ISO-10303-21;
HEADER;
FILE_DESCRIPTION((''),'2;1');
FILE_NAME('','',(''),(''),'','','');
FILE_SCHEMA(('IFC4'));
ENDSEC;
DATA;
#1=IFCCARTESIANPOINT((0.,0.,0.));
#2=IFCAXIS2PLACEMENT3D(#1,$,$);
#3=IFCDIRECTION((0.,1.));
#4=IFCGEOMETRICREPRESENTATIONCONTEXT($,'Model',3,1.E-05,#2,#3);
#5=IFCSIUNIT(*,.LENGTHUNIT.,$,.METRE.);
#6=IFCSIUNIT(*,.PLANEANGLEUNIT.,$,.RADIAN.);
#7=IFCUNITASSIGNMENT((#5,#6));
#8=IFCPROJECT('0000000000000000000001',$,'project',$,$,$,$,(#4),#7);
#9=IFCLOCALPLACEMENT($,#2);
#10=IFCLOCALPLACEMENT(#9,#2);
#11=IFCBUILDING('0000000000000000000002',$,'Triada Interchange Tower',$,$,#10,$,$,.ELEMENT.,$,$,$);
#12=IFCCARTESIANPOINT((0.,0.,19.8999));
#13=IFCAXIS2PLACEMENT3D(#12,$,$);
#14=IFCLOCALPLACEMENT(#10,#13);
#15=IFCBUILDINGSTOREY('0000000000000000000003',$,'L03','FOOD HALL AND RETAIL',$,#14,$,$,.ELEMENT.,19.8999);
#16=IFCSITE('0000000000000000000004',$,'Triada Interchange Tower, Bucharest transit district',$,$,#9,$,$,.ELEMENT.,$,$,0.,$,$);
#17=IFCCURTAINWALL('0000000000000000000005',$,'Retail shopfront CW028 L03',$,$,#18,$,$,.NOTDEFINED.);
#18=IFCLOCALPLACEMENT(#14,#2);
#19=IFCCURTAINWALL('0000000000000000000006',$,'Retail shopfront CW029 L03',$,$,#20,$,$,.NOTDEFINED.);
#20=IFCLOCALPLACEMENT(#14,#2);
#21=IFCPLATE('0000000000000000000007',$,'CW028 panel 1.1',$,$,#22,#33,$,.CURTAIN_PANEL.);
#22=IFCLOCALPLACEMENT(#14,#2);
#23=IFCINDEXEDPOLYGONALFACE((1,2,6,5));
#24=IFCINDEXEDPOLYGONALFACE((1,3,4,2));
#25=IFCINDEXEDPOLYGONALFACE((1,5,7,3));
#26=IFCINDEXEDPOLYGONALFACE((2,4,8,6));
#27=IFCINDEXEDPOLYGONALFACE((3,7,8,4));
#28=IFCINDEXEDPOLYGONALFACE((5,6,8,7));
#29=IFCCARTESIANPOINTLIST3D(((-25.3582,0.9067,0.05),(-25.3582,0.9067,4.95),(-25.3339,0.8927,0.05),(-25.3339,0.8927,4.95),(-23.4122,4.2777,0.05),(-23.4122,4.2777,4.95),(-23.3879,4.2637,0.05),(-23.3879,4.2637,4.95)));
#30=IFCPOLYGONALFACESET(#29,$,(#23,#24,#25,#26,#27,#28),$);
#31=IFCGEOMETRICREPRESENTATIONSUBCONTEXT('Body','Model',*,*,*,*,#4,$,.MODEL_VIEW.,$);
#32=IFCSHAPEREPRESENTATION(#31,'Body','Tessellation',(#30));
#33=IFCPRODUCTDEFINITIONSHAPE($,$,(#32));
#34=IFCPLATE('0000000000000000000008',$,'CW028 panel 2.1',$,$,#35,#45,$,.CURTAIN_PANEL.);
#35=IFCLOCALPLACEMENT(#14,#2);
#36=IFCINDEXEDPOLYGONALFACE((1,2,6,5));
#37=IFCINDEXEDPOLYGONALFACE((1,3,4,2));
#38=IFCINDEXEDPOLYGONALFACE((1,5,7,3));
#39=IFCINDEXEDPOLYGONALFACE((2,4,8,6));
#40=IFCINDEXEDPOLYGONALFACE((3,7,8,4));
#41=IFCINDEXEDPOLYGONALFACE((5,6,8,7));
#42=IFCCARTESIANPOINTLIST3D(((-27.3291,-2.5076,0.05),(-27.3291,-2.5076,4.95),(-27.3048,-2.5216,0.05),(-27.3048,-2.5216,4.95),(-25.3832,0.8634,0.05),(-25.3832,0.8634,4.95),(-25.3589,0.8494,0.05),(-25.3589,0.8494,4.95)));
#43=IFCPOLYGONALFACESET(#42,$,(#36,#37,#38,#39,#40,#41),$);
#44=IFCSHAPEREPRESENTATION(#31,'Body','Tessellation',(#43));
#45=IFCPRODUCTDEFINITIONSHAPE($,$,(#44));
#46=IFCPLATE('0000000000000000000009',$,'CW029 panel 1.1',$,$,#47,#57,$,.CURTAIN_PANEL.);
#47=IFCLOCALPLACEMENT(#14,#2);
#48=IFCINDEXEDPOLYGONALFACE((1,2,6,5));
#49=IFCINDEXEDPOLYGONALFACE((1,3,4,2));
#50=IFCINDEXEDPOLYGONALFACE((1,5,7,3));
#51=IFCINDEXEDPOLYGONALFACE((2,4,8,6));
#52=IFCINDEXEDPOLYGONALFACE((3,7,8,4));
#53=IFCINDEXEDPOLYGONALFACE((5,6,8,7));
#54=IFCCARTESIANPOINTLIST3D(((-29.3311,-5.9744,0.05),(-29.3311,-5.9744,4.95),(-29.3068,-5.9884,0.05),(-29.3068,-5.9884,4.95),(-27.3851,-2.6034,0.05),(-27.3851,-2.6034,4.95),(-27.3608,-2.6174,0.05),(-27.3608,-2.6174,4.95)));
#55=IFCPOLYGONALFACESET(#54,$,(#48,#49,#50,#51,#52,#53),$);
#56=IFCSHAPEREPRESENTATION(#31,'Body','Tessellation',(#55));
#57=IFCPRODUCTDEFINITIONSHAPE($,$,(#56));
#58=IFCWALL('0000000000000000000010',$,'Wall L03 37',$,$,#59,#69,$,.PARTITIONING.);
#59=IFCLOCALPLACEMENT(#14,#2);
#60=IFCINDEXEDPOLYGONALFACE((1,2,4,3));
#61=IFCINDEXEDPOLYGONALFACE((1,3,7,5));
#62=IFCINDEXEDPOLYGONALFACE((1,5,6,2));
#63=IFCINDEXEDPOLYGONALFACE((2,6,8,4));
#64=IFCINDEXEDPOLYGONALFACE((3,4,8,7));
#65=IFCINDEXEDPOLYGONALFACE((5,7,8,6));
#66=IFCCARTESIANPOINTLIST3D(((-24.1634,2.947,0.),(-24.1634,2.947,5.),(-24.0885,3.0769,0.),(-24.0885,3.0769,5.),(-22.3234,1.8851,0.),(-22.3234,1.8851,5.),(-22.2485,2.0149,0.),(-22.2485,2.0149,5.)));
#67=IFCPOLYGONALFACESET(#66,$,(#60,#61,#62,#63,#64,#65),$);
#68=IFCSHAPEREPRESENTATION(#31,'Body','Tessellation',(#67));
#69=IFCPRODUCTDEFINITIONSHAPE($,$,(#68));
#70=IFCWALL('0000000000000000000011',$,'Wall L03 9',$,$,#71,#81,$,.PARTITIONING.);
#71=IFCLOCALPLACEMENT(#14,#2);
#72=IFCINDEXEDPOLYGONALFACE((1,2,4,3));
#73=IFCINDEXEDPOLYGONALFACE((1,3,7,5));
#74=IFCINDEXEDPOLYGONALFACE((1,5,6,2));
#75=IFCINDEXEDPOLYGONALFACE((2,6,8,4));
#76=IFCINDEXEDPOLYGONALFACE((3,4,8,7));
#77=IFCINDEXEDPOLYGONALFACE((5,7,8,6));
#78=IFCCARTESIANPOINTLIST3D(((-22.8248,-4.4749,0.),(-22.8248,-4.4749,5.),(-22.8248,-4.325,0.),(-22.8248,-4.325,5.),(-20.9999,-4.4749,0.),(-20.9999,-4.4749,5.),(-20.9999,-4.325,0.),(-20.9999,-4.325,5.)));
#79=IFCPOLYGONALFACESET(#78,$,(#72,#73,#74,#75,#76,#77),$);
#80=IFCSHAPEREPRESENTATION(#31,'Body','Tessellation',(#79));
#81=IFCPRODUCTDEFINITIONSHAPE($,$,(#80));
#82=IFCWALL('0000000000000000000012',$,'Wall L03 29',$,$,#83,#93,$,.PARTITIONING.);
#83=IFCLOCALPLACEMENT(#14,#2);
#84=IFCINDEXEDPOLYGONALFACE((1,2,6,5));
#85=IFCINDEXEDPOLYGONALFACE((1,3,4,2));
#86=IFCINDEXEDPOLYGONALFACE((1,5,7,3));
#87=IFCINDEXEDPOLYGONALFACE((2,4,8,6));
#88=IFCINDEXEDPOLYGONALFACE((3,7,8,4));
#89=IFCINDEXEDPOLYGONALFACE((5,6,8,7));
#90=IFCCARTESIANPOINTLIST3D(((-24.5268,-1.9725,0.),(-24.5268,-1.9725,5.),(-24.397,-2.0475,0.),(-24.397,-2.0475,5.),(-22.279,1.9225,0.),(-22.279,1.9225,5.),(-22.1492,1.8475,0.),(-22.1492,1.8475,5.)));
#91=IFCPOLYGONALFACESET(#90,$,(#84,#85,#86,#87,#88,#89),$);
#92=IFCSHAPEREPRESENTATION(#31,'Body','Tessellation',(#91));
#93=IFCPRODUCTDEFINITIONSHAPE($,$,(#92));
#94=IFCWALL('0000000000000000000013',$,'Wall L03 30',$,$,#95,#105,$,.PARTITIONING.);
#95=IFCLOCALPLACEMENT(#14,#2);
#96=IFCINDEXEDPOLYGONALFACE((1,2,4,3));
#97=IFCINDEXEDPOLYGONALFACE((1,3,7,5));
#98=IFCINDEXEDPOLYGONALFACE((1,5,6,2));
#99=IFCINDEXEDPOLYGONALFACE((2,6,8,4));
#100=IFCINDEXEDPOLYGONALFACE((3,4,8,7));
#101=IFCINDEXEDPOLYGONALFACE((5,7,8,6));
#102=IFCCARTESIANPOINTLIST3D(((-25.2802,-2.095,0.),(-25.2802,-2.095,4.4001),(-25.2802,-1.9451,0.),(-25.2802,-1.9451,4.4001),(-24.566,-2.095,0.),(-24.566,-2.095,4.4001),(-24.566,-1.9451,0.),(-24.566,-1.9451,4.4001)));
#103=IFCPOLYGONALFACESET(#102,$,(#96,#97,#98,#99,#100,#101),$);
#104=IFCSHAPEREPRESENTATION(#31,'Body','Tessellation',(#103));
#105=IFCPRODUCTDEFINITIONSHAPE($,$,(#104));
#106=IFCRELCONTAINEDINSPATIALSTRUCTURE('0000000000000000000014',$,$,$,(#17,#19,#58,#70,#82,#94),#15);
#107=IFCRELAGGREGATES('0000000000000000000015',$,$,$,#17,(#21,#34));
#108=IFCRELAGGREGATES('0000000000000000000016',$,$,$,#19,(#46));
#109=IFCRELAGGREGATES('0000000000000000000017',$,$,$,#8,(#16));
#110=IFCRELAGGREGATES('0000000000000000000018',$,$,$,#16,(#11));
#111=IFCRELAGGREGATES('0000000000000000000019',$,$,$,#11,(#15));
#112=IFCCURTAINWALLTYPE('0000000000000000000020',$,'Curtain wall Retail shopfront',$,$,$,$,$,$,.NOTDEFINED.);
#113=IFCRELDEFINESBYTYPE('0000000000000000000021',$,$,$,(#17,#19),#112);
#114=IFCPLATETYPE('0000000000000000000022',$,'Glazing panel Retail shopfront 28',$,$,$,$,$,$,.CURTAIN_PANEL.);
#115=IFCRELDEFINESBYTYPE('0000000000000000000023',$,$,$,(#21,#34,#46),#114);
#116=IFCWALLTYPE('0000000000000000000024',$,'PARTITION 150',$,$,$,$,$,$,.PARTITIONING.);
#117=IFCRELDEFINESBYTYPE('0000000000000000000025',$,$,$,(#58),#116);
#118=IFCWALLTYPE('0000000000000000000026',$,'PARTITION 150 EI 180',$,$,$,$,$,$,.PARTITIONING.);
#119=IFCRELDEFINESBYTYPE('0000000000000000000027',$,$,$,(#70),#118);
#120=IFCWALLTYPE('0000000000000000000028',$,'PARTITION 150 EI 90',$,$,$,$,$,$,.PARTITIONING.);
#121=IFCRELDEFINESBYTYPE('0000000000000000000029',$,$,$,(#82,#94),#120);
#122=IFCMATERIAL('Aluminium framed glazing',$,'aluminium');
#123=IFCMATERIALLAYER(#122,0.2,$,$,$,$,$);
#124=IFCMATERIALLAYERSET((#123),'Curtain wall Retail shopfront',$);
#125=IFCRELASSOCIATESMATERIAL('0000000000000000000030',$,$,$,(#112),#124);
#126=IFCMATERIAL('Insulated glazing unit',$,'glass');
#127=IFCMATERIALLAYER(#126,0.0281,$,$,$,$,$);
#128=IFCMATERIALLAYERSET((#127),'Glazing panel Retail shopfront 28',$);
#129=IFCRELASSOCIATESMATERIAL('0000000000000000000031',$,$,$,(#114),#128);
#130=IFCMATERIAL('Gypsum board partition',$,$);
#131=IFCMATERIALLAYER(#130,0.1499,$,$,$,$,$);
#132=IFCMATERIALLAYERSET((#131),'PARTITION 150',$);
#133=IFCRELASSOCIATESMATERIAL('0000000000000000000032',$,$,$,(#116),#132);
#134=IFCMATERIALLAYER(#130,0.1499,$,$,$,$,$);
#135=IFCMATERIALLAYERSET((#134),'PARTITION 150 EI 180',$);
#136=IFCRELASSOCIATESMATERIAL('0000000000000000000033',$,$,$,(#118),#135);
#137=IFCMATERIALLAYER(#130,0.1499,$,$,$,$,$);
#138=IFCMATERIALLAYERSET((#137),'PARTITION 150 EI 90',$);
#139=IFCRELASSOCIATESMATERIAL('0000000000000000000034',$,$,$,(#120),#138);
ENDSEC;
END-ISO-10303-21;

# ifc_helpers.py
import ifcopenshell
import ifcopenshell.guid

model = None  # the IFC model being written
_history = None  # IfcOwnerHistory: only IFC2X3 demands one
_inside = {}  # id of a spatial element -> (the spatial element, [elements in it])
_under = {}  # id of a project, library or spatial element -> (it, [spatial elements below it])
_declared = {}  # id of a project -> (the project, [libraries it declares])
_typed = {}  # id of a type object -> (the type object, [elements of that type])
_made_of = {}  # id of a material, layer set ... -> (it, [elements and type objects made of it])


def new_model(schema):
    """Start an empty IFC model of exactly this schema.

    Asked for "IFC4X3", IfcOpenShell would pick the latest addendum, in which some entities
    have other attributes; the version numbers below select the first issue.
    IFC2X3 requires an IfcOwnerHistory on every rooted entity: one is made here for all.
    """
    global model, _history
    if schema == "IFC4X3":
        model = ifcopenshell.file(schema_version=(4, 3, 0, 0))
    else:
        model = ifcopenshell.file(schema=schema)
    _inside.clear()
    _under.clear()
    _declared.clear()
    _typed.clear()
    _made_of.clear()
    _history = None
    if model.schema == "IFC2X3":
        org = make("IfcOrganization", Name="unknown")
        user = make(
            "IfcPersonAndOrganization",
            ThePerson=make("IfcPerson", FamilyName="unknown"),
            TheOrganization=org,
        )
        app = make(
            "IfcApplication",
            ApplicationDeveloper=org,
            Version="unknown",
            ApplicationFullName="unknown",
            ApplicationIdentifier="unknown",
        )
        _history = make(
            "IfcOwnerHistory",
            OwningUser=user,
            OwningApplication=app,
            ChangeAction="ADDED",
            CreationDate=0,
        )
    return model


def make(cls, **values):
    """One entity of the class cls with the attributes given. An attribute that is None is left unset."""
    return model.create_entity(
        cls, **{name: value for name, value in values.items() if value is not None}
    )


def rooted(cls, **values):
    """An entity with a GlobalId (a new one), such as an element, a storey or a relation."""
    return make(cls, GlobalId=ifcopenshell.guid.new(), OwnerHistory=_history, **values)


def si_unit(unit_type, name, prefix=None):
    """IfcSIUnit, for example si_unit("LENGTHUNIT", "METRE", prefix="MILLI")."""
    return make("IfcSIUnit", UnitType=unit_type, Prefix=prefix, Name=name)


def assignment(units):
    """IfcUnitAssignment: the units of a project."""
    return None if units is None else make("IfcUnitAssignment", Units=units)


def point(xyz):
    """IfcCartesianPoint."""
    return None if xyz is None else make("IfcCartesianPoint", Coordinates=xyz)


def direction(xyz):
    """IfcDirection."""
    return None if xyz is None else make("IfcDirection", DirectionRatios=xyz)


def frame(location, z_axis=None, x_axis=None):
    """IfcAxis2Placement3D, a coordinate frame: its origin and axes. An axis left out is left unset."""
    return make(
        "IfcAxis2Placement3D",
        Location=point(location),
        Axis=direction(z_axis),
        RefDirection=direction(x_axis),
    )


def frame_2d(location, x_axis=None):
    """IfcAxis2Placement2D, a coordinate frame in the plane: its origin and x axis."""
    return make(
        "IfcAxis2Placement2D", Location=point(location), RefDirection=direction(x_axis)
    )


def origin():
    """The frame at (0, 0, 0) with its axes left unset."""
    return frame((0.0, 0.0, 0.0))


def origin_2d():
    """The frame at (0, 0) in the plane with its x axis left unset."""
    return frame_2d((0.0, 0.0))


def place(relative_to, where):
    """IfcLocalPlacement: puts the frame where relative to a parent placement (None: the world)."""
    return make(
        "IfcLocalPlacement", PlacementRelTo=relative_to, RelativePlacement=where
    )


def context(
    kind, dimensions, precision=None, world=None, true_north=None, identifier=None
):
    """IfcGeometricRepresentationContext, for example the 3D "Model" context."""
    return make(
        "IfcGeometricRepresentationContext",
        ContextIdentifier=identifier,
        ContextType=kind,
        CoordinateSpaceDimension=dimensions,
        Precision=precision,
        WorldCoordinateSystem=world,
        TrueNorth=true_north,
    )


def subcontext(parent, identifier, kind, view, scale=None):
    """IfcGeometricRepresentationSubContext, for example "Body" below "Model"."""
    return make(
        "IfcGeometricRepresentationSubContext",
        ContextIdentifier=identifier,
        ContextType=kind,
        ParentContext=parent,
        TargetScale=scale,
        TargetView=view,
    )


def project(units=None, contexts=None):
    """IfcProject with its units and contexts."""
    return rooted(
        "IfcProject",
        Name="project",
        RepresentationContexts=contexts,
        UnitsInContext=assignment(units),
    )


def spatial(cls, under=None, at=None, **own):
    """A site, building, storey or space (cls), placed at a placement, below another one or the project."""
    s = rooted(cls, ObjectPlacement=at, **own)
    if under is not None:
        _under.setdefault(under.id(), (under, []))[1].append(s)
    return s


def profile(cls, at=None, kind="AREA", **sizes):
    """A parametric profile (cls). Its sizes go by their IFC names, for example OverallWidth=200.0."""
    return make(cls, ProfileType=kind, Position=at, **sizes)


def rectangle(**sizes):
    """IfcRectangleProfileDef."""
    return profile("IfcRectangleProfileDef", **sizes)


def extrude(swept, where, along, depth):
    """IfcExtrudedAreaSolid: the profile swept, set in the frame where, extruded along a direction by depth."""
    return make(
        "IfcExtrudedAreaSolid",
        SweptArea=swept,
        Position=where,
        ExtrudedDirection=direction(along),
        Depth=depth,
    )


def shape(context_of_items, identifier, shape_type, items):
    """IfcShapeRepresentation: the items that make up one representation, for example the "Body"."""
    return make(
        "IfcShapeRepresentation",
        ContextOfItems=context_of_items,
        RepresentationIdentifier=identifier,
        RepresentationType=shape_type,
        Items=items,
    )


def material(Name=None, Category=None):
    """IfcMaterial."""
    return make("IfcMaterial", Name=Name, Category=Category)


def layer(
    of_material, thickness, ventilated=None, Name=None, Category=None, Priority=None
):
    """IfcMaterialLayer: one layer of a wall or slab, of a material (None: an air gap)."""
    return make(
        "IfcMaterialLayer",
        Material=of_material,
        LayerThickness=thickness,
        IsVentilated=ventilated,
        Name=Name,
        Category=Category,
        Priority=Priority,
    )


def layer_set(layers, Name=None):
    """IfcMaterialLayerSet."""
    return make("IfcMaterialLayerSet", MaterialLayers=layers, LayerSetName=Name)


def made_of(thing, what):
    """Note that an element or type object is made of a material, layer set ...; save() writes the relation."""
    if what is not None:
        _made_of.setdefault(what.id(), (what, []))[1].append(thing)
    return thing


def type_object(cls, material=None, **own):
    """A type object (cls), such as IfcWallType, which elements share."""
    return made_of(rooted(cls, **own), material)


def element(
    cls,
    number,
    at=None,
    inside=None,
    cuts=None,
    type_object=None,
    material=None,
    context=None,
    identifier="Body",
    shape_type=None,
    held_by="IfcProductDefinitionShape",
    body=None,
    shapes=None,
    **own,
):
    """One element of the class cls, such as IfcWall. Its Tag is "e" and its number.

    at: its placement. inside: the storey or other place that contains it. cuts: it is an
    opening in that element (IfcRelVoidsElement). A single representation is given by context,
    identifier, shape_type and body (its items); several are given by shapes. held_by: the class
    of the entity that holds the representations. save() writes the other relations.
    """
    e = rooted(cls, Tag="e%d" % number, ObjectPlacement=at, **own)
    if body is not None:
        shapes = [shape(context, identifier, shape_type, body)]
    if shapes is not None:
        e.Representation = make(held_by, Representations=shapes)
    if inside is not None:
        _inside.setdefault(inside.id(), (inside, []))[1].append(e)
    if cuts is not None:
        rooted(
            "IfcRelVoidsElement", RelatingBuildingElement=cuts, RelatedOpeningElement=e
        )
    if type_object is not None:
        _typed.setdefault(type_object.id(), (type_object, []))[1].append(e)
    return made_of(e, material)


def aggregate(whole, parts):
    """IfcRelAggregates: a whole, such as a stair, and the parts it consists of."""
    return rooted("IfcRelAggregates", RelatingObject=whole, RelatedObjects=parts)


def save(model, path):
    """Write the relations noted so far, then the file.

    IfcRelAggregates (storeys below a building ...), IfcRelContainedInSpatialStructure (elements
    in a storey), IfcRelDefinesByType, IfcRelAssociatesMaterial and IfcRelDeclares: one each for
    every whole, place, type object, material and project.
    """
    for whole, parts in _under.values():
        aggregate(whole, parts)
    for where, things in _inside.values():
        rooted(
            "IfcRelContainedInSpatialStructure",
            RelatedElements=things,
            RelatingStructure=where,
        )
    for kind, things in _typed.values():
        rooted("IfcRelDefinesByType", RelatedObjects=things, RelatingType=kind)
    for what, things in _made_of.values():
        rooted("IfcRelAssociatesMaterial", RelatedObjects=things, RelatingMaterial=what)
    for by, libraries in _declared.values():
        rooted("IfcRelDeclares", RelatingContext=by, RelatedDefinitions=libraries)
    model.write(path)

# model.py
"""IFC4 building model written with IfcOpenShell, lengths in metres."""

from ifc_helpers import new_model, si_unit, direction, frame, frame_2d, origin, origin_2d, place, context, subcontext, project, spatial, rectangle, extrude, material, layer, layer_set, type_object, element, aggregate, save


model = new_model("IFC4")

# Units and contexts
model_context = context("Model", 3, precision=1e-05, world=origin(), true_north=direction((0.0, 1.0)))
body_context = subcontext(model_context, "Body", "Model", "MODEL_VIEW")
ifc_project = project(units=[si_unit("LENGTHUNIT", "METRE"), si_unit("PLANEANGLEUNIT", "RADIAN")], contexts=[model_context])

# Site, building, storey
site_placement = place(None, origin())
site = spatial("IfcSite", under=ifc_project, at=site_placement, Name="Triada Interchange Tower, Bucharest transit district", CompositionType="ELEMENT", RefElevation=0.0)
building_placement = place(site_placement, origin())
building = spatial("IfcBuilding", under=site, at=building_placement, Name="Triada Interchange Tower", CompositionType="ELEMENT")
storey_placement = place(building_placement, frame((0.0, 0.0, 19.8999)))
storey = spatial("IfcBuildingStorey", under=building, at=storey_placement, Name="L03", Description="FOOD HALL AND RETAIL", CompositionType="ELEMENT", Elevation=19.8999)

# Shared definitions
ifc_material_1 = material(Name="Aluminium framed glazing", Category="aluminium")
ifc_layer_1 = layer(ifc_material_1, 0.2)
ifc_layer_set_1 = layer_set([ifc_layer_1], Name="Curtain wall Retail shopfront")
curtain_wall_type = type_object("IfcCurtainWallType", Name="Curtain wall Retail shopfront", PredefinedType="NOTDEFINED", material=ifc_layer_set_1)

# Curtain wall
curtain_wall_1_placement = place(storey_placement, origin())
curtain_wall_1 = element("IfcCurtainWall", 1, at=curtain_wall_1_placement, inside=storey, type_object=curtain_wall_type, Name="Retail shopfront CW028 L03", PredefinedType="NOTDEFINED")

# Curtain wall
curtain_wall_2_placement = place(storey_placement, origin())
curtain_wall_2 = element("IfcCurtainWall", 2, at=curtain_wall_2_placement, inside=storey, type_object=curtain_wall_type, Name="Retail shopfront CW029 L03", PredefinedType="NOTDEFINED")

# Plates
ifc_material_2 = material(Name="Insulated glazing unit", Category="glass")
ifc_layer_2 = layer(ifc_material_2, 0.0281)
ifc_layer_set_2 = layer_set([ifc_layer_2], Name="Glazing panel Retail shopfront 28")
plate_type = type_object("IfcPlateType", Name="Glazing panel Retail shopfront 28", PredefinedType="CURTAIN_PANEL", material=ifc_layer_set_2)
plate_1_placement = place(storey_placement, frame((-24.373, 2.5852, 0.05), z_axis=(0.0, 0.0, 1.0), x_axis=(-0.499948, -0.866055, 0.0)))
plate_1 = element("IfcPlate", 3, at=plate_1_placement, type_object=plate_type, Name="CW028 panel 1.1", PredefinedType="CURTAIN_PANEL", context=body_context, shape_type="SweptSolid", body=[
    extrude(rectangle(XDim=3.8923, YDim=0.0281, at=origin_2d()), origin(), (0.0, 0.0, 1.0), 4.8999),
])
plate_2_placement = place(storey_placement, frame((-26.344, -0.8291, 0.05), z_axis=(0.0, 0.0, 1.0), x_axis=(-0.499948, -0.866055, 0.0)))
plate_2 = element("IfcPlate", 4, at=plate_2_placement, type_object=plate_type, Name="CW028 panel 2.1", PredefinedType="CURTAIN_PANEL", context=body_context, shape_type="SweptSolid", body=[
    extrude(rectangle(XDim=3.8923, YDim=0.0281, at=origin_2d()), origin(), (0.0, 0.0, 1.0), 4.8999),
])
aggregate(curtain_wall_1, [plate_1, plate_2])
plate_3_placement = place(storey_placement, frame((-28.3459, -4.2959, 0.05), z_axis=(0.0, 0.0, 1.0), x_axis=(-0.499948, -0.866055, 0.0)))
plate_3 = element("IfcPlate", 5, at=plate_3_placement, type_object=plate_type, Name="CW029 panel 1.1", PredefinedType="CURTAIN_PANEL", context=body_context, shape_type="SweptSolid", body=[
    extrude(rectangle(XDim=3.8923, YDim=0.0281, at=origin_2d()), origin(), (0.0, 0.0, 1.0), 4.8999),
])
aggregate(curtain_wall_2, [plate_3])

# Walls
ifc_material_3 = material(Name="Gypsum board partition")
ifc_layer_3 = layer(ifc_material_3, 0.1499)
ifc_layer_set_3 = layer_set([ifc_layer_3], Name="PARTITION 150")
wall_type_1 = type_object("IfcWallType", Name="PARTITION 150", PredefinedType="PARTITIONING", material=ifc_layer_set_3)
wall_1_placement = place(storey_placement, frame((-24.126, 3.012, 0.0), z_axis=(0.0, 0.0, 1.0), x_axis=(0.866099, -0.499872, 0.0)))
element("IfcWall", 6, at=wall_1_placement, inside=storey, type_object=wall_type_1, Name="Wall L03 37", PredefinedType="PARTITIONING", context=body_context, shape_type="SweptSolid", body=[
    extrude(rectangle(XDim=2.1245, YDim=0.1499, at=frame_2d((1.0623, 0.0))), origin(), (0.0, 0.0, 1.0), 5.0),
])
ifc_layer_4 = layer(ifc_material_3, 0.1499)
ifc_layer_set_4 = layer_set([ifc_layer_4], Name="PARTITION 150 EI 180")
wall_type_2 = type_object("IfcWallType", Name="PARTITION 150 EI 180", PredefinedType="PARTITIONING", material=ifc_layer_set_4)
wall_2_placement = place(storey_placement, frame((-22.825, -4.3999, 0.0), z_axis=(0.0, 0.0, 1.0), x_axis=(1.0, 0.0, 0.0)))
element("IfcWall", 7, at=wall_2_placement, inside=storey, type_object=wall_type_2, Name="Wall L03 9", PredefinedType="PARTITIONING", context=body_context, shape_type="SweptSolid", body=[
    extrude(rectangle(XDim=1.825, YDim=0.1499, at=frame_2d((0.9126, 0.0))), origin(), (0.0, 0.0, 1.0), 5.0),
])
ifc_layer_5 = layer(ifc_material_3, 0.1499)
ifc_layer_set_5 = layer_set([ifc_layer_5], Name="PARTITION 150 EI 90")
wall_type_3 = type_object("IfcWallType", Name="PARTITION 150 EI 90", PredefinedType="PARTITIONING", material=ifc_layer_set_5)
wall_3_placement = place(storey_placement, frame((-24.4619, -2.01, 0.0), z_axis=(0.0, 0.0, 1.0), x_axis=(0.499835, 0.866121, 0.0)))
element("IfcWall", 8, at=wall_3_placement, inside=storey, type_object=wall_type_3, Name="Wall L03 29", PredefinedType="PARTITIONING", context=body_context, shape_type="SweptSolid", body=[
    extrude(rectangle(XDim=4.4971, YDim=0.1499, at=frame_2d((2.2485, 0.0))), origin(), (0.0, 0.0, 1.0), 5.0),
])
wall_4_placement = place(storey_placement, frame((-25.28, -2.02, 0.0), z_axis=(0.0, 0.0, 1.0), x_axis=(1.0, 0.0, 0.0)))
element("IfcWall", 9, at=wall_4_placement, inside=storey, type_object=wall_type_3, Name="Wall L03 30", PredefinedType="PARTITIONING", context=body_context, shape_type="SweptSolid", body=[
    extrude(rectangle(XDim=0.7141, YDim=0.1499, at=frame_2d((0.3569, 0.0))), origin(), (0.0, 0.0, 1.0), 4.4001),
])

save(model, "model.ifc")
